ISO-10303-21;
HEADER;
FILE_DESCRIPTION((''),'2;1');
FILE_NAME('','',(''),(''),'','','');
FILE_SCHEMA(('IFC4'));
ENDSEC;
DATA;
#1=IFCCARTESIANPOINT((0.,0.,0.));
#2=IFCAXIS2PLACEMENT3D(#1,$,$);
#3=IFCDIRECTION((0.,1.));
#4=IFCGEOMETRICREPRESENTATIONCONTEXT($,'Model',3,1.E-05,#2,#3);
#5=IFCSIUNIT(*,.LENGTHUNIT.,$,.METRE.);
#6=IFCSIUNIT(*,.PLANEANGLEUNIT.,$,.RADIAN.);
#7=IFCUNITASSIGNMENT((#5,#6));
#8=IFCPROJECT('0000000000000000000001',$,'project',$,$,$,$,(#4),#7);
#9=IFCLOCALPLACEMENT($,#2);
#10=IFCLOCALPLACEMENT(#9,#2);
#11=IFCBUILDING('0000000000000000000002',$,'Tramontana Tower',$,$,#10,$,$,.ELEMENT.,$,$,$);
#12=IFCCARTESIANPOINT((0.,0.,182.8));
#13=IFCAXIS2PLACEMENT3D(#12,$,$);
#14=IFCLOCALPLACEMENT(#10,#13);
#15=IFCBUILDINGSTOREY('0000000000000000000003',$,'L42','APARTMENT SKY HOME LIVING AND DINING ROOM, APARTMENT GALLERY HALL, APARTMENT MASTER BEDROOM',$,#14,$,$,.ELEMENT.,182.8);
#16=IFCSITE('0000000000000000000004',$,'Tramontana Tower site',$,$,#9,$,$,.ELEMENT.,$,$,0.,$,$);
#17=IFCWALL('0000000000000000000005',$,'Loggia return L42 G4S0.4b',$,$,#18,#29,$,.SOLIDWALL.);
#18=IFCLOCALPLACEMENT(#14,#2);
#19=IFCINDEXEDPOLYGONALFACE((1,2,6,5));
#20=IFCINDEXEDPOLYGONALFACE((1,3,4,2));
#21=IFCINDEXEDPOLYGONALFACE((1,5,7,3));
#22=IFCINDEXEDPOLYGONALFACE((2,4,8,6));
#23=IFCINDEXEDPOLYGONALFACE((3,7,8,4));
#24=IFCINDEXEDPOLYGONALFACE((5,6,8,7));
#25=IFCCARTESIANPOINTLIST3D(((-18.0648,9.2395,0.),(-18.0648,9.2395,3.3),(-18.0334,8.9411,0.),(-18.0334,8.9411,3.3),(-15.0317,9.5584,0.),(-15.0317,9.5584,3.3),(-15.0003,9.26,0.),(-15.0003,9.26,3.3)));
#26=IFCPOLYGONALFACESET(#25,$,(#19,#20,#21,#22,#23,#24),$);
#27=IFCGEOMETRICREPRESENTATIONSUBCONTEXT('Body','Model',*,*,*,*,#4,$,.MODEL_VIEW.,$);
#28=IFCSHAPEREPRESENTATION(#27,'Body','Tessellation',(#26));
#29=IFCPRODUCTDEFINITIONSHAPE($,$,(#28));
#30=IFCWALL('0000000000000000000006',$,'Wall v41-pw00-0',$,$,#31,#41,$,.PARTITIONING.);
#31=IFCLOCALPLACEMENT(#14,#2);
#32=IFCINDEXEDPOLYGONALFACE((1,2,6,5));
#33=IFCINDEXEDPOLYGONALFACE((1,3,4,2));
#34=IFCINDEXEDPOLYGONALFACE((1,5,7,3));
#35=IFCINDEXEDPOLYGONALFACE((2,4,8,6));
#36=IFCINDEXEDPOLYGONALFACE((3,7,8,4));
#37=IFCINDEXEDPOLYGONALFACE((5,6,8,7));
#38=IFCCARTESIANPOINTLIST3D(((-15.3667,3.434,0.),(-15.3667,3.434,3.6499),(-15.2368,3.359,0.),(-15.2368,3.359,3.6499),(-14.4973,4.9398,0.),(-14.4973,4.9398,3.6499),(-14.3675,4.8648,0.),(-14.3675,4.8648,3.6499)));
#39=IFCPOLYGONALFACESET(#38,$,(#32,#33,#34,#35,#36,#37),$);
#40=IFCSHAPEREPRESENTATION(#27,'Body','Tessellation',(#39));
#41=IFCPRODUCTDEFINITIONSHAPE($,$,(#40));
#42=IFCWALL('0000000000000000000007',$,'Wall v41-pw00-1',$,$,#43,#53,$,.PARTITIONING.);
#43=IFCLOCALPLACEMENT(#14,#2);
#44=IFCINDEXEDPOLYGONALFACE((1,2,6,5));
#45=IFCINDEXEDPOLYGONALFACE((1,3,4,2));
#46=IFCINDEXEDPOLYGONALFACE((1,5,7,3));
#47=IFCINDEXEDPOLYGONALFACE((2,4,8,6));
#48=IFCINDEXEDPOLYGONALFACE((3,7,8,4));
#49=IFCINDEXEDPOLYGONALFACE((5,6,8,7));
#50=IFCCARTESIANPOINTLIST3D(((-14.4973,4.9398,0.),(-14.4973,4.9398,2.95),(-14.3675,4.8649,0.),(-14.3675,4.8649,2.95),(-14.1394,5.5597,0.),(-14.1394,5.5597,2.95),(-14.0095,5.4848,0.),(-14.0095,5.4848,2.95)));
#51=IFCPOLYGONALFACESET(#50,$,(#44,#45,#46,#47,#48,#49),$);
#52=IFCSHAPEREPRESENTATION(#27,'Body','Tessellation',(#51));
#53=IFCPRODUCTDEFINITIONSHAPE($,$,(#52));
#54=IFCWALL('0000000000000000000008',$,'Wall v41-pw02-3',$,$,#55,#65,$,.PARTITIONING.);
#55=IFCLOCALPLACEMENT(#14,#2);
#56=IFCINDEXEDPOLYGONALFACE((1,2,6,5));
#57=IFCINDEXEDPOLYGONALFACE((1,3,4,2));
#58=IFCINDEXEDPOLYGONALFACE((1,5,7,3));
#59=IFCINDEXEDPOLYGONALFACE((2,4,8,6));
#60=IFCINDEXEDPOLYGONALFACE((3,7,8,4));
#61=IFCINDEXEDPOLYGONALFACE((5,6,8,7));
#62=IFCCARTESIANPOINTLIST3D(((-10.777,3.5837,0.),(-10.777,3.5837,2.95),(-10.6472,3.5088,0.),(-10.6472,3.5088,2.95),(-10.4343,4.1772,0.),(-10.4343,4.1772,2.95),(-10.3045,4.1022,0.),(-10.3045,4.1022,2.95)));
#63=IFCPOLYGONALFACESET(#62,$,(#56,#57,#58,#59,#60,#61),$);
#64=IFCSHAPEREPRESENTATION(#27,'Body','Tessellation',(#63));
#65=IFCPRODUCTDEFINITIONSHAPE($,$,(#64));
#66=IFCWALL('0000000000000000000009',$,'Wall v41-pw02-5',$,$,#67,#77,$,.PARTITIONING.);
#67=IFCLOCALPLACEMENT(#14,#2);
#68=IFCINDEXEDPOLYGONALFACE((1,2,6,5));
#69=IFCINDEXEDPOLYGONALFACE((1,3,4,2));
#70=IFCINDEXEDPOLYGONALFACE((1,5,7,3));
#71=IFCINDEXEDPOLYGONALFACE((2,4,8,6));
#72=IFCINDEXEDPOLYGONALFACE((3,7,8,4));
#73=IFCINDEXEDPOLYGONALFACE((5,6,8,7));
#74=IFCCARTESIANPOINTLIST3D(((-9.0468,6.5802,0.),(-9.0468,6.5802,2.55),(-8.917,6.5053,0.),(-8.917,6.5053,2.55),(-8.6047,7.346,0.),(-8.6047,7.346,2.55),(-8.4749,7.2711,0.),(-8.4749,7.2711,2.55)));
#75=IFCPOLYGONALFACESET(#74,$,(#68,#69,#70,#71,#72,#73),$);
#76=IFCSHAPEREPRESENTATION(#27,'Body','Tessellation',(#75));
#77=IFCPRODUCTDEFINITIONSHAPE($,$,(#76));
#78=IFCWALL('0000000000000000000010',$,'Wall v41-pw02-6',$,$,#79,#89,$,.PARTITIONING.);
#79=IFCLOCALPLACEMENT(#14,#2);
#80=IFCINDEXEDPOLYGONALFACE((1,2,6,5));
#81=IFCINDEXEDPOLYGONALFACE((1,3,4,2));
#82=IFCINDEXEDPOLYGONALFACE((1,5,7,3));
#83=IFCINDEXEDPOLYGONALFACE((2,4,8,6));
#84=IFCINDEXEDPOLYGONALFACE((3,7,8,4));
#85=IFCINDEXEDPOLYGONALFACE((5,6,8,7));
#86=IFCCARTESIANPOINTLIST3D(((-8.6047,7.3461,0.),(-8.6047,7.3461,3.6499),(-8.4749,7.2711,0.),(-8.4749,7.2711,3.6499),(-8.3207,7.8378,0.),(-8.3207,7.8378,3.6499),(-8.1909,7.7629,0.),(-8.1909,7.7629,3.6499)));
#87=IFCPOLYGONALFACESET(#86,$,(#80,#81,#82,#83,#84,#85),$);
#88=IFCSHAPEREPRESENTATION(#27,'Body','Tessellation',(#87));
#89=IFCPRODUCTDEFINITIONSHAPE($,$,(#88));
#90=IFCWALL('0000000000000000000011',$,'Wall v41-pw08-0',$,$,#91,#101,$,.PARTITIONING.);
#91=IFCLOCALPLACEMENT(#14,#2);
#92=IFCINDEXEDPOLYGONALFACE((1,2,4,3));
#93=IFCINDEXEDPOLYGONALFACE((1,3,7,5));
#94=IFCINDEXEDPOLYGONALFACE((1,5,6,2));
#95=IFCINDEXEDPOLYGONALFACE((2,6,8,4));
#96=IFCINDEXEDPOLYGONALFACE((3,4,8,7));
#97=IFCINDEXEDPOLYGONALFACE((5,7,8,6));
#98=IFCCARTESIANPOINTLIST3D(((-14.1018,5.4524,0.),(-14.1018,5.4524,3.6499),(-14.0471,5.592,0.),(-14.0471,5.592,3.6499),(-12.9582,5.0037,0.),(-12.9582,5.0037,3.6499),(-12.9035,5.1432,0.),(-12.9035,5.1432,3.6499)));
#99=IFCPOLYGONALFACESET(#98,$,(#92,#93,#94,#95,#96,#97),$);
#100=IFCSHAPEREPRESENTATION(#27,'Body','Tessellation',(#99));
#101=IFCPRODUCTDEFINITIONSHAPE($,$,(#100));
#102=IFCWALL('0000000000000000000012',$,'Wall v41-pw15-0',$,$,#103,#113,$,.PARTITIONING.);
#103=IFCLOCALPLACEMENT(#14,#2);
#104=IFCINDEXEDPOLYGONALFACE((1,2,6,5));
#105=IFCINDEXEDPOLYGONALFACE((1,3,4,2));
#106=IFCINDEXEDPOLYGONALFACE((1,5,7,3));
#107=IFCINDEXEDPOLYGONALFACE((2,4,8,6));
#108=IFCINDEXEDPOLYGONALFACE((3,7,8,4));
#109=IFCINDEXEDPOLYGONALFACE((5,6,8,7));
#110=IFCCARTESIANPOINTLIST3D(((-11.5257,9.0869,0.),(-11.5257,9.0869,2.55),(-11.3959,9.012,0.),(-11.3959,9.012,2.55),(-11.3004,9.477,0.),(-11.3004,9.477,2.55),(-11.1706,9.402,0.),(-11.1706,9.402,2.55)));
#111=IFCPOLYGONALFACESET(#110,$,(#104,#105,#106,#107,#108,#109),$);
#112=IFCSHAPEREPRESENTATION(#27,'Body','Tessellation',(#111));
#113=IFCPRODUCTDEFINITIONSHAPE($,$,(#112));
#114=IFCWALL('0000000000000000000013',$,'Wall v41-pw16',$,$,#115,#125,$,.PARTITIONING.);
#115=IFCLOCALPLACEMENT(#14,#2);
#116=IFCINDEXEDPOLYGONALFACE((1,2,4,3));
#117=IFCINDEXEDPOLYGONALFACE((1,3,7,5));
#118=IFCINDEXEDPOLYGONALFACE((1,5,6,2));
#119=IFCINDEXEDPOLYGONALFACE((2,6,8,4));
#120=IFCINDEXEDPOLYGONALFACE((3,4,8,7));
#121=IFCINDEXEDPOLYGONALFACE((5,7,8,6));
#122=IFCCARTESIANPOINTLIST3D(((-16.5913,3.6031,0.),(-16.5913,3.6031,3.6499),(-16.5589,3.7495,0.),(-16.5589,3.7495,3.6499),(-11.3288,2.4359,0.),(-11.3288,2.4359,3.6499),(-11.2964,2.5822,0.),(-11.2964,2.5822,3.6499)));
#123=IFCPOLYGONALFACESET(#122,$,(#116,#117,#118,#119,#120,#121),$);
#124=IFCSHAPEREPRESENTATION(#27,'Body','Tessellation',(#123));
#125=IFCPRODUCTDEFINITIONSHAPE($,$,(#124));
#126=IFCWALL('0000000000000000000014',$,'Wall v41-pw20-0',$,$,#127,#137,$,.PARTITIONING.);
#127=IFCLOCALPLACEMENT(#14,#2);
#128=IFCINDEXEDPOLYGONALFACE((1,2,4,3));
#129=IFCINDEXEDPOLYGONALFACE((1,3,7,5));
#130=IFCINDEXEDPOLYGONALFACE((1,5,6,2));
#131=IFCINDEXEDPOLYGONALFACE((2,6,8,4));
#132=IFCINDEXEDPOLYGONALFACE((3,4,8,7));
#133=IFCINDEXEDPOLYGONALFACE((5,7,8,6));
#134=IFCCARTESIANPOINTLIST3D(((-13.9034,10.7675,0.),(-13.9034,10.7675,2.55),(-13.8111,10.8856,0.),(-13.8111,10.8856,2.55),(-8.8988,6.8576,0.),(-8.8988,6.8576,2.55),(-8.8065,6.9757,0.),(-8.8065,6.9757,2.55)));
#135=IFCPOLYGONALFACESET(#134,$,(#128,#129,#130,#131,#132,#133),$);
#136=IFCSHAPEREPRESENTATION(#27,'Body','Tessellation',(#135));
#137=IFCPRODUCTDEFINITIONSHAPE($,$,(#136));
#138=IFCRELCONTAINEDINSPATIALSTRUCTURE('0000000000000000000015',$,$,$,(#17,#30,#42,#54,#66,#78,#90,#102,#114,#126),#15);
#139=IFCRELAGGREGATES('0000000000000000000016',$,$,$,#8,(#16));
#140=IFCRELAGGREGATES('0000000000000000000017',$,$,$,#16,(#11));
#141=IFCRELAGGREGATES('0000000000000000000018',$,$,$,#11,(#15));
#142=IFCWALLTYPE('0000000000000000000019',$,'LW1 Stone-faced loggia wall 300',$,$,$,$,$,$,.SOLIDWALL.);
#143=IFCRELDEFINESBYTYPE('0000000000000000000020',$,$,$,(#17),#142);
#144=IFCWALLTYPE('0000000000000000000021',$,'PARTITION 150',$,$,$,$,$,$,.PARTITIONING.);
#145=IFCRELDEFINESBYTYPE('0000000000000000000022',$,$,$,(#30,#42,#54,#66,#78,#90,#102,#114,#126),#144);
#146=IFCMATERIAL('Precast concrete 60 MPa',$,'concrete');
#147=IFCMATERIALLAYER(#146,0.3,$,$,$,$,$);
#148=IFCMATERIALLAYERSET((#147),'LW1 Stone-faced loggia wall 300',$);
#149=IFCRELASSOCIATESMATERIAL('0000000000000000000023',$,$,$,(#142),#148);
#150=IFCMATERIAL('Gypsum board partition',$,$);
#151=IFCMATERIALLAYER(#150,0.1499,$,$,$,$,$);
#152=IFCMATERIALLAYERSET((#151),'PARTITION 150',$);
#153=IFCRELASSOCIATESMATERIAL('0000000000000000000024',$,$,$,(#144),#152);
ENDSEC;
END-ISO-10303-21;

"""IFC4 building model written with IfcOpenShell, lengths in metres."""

from ifc_helpers import new_model, si_unit, direction, frame, frame_2d, origin, place, context, subcontext, project, spatial, rectangle, extrude, material, layer, layer_set, type_object, element, save


model = new_model("IFC4")

# Units and contexts
model_context = context("Model", 3, precision=1e-05, world=origin(), true_north=direction((0.0, 1.0)))
body_context = subcontext(model_context, "Body", "Model", "MODEL_VIEW")
ifc_project = project(units=[si_unit("LENGTHUNIT", "METRE"), si_unit("PLANEANGLEUNIT", "RADIAN")], contexts=[model_context])

# Site, building, storey
site_placement = place(None, origin())
site = spatial("IfcSite", under=ifc_project, at=site_placement, Name="Tramontana Tower site", CompositionType="ELEMENT", RefElevation=0.0)
building_placement = place(site_placement, origin())
building = spatial("IfcBuilding", under=site, at=building_placement, Name="Tramontana Tower", CompositionType="ELEMENT")
storey_placement = place(building_placement, frame((0.0, 0.0, 182.8)))
storey = spatial("IfcBuildingStorey", under=building, at=storey_placement, Name="L42", Description="APARTMENT SKY HOME LIVING AND DINING ROOM, APARTMENT GALLERY HALL, APARTMENT MASTER BEDROOM", CompositionType="ELEMENT", Elevation=182.8)

# Walls
ifc_material_1 = material(Name="Precast concrete 60 MPa", Category="concrete")
ifc_layer_1 = layer(ifc_material_1, 0.3)
ifc_layer_set_1 = layer_set([ifc_layer_1], Name="LW1 Stone-faced loggia wall 300")
wall_type_1 = type_object("IfcWallType", Name="LW1 Stone-faced loggia wall 300", PredefinedType="SOLIDWALL", material=ifc_layer_set_1)
wall_1_placement = place(storey_placement, frame((-18.0491, 9.0903, 0.0), z_axis=(0.0, 0.0, 1.0), x_axis=(0.99452, 0.104543, 0.0)))
element("IfcWall", 1, at=wall_1_placement, inside=storey, type_object=wall_type_1, Name="Loggia return L42 G4S0.4b", PredefinedType="SOLIDWALL", context=body_context, shape_type="SweptSolid", body=[
    extrude(rectangle(XDim=3.0498, YDim=0.3, at=frame_2d((1.5249, 0.0))), origin(), (0.0, 0.0, 1.0), 3.3),
])
ifc_material_2 = material(Name="Gypsum board partition")
ifc_layer_2 = layer(ifc_material_2, 0.1499)
ifc_layer_set_2 = layer_set([ifc_layer_2], Name="PARTITION 150")
wall_type_2 = type_object("IfcWallType", Name="PARTITION 150", PredefinedType="PARTITIONING", material=ifc_layer_set_2)
wall_2_placement = place(storey_placement, frame((-15.3018, 3.3965, 0.0), z_axis=(0.0, 0.0, 1.0), x_axis=(0.49999, 0.866031, 0.0)))
element("IfcWall", 2, at=wall_2_placement, inside=storey, type_object=wall_type_2, Name="Wall v41-pw00-0", PredefinedType="PARTITIONING", context=body_context, shape_type="SweptSolid", body=[
    extrude(rectangle(XDim=1.7388, YDim=0.1499, at=frame_2d((0.8694, 0.0))), origin(), (0.0, 0.0, 1.0), 3.6499),
])
wall_3_placement = place(storey_placement, frame((-14.4324, 4.9023, 0.0), z_axis=(0.0, 0.0, 1.0), x_axis=(0.500028, 0.86601, 0.0)))
element("IfcWall", 3, at=wall_3_placement, inside=storey, type_object=wall_type_2, Name="Wall v41-pw00-1", PredefinedType="PARTITIONING", context=body_context, shape_type="SweptSolid", body=[
    extrude(rectangle(XDim=0.7158, YDim=0.1499, at=frame_2d((0.3579, 0.0))), origin(), (0.0, 0.0, 1.0), 2.95),
])
wall_4_placement = place(storey_placement, frame((-10.7122, 3.5461, 0.0), z_axis=(0.0, 0.0, 1.0), x_axis=(0.500123, 0.865954, 0.0)))
element("IfcWall", 4, at=wall_4_placement, inside=storey, type_object=wall_type_2, Name="Wall v41-pw02-3", PredefinedType="PARTITIONING", context=body_context, shape_type="SweptSolid", body=[
    extrude(rectangle(XDim=0.6853, YDim=0.1499, at=frame_2d((0.3428, 0.0))), origin(), (0.0, 0.0, 1.0), 2.95),
])

# Walls
wall_5_placement = place(storey_placement, frame((-8.9819, 6.5427, 0.0), z_axis=(0.0, 0.0, 1.0), x_axis=(0.499969, 0.866043, 0.0)))
element("IfcWall", 5, at=wall_5_placement, inside=storey, type_object=wall_type_2, Name="Wall v41-pw02-5", PredefinedType="PARTITIONING", context=body_context, shape_type="SweptSolid", body=[
    extrude(rectangle(XDim=0.8843, YDim=0.1499, at=frame_2d((0.4421, 0.0))), origin(), (0.0, 0.0, 1.0), 2.55),
])
wall_6_placement = place(storey_placement, frame((-8.5398, 7.3086, 0.0), z_axis=(0.0, 0.0, 1.0), x_axis=(0.50007, 0.865985, 0.0)))
element("IfcWall", 6, at=wall_6_placement, inside=storey, type_object=wall_type_2, Name="Wall v41-pw02-6", PredefinedType="PARTITIONING", context=body_context, shape_type="SweptSolid", body=[
    extrude(rectangle(XDim=0.5679, YDim=0.1499, at=frame_2d((0.2839, 0.0))), origin(), (0.0, 0.0, 1.0), 3.6499),
])

# Wall
wall_7_placement = place(storey_placement, frame((-14.0745, 5.5222, 0.0), z_axis=(0.0, 0.0, 1.0), x_axis=(0.930896, -0.365283, 0.0)))
element("IfcWall", 7, at=wall_7_placement, inside=storey, type_object=wall_type_2, Name="Wall v41-pw08-0", PredefinedType="PARTITIONING", context=body_context, shape_type="SweptSolid", body=[
    extrude(rectangle(XDim=1.2285, YDim=0.1499, at=frame_2d((0.6143, 0.0))), origin(), (0.0, 0.0, 1.0), 3.6499),
])

# Wall
wall_8_placement = place(storey_placement, frame((-11.4607, 9.0496, 0.0), z_axis=(0.0, 0.0, 1.0), x_axis=(0.50016, 0.865933, 0.0)))
element("IfcWall", 8, at=wall_8_placement, inside=storey, type_object=wall_type_2, Name="Wall v41-pw15-0", PredefinedType="PARTITIONING", context=body_context, shape_type="SweptSolid", body=[
    extrude(rectangle(XDim=0.4504, YDim=0.1499, at=frame_2d((0.2251, 0.0))), origin(), (0.0, 0.0, 1.0), 2.55),
])

# Walls
wall_9_placement = place(storey_placement, frame((-11.3125, 2.509, 0.0), z_axis=(0.0, 0.0, 1.0), x_axis=(-0.976273, 0.216542, 0.0)))
element("IfcWall", 9, at=wall_9_placement, inside=storey, type_object=wall_type_2, Name="Wall v41-pw16", PredefinedType="PARTITIONING", context=body_context, shape_type="SweptSolid", body=[
    extrude(rectangle(XDim=5.3904, YDim=0.1499, at=frame_2d((2.6953, 0.0))), origin(), (0.0, 0.0, 1.0), 3.6499),
])
wall_10_placement = place(storey_placement, frame((-8.8528, 6.9167, 0.0), z_axis=(0.0, 0.0, 1.0), x_axis=(-0.788021, 0.615648, 0.0)))
element("IfcWall", 10, at=wall_10_placement, inside=storey, type_object=wall_type_2, Name="Wall v41-pw20-0", PredefinedType="PARTITIONING", context=body_context, shape_type="SweptSolid", body=[
    extrude(rectangle(XDim=6.3508, YDim=0.1499, at=frame_2d((3.1753, 0.0))), origin(), (0.0, 0.0, 1.0), 2.55),
])

save(model, "model.ifc")
